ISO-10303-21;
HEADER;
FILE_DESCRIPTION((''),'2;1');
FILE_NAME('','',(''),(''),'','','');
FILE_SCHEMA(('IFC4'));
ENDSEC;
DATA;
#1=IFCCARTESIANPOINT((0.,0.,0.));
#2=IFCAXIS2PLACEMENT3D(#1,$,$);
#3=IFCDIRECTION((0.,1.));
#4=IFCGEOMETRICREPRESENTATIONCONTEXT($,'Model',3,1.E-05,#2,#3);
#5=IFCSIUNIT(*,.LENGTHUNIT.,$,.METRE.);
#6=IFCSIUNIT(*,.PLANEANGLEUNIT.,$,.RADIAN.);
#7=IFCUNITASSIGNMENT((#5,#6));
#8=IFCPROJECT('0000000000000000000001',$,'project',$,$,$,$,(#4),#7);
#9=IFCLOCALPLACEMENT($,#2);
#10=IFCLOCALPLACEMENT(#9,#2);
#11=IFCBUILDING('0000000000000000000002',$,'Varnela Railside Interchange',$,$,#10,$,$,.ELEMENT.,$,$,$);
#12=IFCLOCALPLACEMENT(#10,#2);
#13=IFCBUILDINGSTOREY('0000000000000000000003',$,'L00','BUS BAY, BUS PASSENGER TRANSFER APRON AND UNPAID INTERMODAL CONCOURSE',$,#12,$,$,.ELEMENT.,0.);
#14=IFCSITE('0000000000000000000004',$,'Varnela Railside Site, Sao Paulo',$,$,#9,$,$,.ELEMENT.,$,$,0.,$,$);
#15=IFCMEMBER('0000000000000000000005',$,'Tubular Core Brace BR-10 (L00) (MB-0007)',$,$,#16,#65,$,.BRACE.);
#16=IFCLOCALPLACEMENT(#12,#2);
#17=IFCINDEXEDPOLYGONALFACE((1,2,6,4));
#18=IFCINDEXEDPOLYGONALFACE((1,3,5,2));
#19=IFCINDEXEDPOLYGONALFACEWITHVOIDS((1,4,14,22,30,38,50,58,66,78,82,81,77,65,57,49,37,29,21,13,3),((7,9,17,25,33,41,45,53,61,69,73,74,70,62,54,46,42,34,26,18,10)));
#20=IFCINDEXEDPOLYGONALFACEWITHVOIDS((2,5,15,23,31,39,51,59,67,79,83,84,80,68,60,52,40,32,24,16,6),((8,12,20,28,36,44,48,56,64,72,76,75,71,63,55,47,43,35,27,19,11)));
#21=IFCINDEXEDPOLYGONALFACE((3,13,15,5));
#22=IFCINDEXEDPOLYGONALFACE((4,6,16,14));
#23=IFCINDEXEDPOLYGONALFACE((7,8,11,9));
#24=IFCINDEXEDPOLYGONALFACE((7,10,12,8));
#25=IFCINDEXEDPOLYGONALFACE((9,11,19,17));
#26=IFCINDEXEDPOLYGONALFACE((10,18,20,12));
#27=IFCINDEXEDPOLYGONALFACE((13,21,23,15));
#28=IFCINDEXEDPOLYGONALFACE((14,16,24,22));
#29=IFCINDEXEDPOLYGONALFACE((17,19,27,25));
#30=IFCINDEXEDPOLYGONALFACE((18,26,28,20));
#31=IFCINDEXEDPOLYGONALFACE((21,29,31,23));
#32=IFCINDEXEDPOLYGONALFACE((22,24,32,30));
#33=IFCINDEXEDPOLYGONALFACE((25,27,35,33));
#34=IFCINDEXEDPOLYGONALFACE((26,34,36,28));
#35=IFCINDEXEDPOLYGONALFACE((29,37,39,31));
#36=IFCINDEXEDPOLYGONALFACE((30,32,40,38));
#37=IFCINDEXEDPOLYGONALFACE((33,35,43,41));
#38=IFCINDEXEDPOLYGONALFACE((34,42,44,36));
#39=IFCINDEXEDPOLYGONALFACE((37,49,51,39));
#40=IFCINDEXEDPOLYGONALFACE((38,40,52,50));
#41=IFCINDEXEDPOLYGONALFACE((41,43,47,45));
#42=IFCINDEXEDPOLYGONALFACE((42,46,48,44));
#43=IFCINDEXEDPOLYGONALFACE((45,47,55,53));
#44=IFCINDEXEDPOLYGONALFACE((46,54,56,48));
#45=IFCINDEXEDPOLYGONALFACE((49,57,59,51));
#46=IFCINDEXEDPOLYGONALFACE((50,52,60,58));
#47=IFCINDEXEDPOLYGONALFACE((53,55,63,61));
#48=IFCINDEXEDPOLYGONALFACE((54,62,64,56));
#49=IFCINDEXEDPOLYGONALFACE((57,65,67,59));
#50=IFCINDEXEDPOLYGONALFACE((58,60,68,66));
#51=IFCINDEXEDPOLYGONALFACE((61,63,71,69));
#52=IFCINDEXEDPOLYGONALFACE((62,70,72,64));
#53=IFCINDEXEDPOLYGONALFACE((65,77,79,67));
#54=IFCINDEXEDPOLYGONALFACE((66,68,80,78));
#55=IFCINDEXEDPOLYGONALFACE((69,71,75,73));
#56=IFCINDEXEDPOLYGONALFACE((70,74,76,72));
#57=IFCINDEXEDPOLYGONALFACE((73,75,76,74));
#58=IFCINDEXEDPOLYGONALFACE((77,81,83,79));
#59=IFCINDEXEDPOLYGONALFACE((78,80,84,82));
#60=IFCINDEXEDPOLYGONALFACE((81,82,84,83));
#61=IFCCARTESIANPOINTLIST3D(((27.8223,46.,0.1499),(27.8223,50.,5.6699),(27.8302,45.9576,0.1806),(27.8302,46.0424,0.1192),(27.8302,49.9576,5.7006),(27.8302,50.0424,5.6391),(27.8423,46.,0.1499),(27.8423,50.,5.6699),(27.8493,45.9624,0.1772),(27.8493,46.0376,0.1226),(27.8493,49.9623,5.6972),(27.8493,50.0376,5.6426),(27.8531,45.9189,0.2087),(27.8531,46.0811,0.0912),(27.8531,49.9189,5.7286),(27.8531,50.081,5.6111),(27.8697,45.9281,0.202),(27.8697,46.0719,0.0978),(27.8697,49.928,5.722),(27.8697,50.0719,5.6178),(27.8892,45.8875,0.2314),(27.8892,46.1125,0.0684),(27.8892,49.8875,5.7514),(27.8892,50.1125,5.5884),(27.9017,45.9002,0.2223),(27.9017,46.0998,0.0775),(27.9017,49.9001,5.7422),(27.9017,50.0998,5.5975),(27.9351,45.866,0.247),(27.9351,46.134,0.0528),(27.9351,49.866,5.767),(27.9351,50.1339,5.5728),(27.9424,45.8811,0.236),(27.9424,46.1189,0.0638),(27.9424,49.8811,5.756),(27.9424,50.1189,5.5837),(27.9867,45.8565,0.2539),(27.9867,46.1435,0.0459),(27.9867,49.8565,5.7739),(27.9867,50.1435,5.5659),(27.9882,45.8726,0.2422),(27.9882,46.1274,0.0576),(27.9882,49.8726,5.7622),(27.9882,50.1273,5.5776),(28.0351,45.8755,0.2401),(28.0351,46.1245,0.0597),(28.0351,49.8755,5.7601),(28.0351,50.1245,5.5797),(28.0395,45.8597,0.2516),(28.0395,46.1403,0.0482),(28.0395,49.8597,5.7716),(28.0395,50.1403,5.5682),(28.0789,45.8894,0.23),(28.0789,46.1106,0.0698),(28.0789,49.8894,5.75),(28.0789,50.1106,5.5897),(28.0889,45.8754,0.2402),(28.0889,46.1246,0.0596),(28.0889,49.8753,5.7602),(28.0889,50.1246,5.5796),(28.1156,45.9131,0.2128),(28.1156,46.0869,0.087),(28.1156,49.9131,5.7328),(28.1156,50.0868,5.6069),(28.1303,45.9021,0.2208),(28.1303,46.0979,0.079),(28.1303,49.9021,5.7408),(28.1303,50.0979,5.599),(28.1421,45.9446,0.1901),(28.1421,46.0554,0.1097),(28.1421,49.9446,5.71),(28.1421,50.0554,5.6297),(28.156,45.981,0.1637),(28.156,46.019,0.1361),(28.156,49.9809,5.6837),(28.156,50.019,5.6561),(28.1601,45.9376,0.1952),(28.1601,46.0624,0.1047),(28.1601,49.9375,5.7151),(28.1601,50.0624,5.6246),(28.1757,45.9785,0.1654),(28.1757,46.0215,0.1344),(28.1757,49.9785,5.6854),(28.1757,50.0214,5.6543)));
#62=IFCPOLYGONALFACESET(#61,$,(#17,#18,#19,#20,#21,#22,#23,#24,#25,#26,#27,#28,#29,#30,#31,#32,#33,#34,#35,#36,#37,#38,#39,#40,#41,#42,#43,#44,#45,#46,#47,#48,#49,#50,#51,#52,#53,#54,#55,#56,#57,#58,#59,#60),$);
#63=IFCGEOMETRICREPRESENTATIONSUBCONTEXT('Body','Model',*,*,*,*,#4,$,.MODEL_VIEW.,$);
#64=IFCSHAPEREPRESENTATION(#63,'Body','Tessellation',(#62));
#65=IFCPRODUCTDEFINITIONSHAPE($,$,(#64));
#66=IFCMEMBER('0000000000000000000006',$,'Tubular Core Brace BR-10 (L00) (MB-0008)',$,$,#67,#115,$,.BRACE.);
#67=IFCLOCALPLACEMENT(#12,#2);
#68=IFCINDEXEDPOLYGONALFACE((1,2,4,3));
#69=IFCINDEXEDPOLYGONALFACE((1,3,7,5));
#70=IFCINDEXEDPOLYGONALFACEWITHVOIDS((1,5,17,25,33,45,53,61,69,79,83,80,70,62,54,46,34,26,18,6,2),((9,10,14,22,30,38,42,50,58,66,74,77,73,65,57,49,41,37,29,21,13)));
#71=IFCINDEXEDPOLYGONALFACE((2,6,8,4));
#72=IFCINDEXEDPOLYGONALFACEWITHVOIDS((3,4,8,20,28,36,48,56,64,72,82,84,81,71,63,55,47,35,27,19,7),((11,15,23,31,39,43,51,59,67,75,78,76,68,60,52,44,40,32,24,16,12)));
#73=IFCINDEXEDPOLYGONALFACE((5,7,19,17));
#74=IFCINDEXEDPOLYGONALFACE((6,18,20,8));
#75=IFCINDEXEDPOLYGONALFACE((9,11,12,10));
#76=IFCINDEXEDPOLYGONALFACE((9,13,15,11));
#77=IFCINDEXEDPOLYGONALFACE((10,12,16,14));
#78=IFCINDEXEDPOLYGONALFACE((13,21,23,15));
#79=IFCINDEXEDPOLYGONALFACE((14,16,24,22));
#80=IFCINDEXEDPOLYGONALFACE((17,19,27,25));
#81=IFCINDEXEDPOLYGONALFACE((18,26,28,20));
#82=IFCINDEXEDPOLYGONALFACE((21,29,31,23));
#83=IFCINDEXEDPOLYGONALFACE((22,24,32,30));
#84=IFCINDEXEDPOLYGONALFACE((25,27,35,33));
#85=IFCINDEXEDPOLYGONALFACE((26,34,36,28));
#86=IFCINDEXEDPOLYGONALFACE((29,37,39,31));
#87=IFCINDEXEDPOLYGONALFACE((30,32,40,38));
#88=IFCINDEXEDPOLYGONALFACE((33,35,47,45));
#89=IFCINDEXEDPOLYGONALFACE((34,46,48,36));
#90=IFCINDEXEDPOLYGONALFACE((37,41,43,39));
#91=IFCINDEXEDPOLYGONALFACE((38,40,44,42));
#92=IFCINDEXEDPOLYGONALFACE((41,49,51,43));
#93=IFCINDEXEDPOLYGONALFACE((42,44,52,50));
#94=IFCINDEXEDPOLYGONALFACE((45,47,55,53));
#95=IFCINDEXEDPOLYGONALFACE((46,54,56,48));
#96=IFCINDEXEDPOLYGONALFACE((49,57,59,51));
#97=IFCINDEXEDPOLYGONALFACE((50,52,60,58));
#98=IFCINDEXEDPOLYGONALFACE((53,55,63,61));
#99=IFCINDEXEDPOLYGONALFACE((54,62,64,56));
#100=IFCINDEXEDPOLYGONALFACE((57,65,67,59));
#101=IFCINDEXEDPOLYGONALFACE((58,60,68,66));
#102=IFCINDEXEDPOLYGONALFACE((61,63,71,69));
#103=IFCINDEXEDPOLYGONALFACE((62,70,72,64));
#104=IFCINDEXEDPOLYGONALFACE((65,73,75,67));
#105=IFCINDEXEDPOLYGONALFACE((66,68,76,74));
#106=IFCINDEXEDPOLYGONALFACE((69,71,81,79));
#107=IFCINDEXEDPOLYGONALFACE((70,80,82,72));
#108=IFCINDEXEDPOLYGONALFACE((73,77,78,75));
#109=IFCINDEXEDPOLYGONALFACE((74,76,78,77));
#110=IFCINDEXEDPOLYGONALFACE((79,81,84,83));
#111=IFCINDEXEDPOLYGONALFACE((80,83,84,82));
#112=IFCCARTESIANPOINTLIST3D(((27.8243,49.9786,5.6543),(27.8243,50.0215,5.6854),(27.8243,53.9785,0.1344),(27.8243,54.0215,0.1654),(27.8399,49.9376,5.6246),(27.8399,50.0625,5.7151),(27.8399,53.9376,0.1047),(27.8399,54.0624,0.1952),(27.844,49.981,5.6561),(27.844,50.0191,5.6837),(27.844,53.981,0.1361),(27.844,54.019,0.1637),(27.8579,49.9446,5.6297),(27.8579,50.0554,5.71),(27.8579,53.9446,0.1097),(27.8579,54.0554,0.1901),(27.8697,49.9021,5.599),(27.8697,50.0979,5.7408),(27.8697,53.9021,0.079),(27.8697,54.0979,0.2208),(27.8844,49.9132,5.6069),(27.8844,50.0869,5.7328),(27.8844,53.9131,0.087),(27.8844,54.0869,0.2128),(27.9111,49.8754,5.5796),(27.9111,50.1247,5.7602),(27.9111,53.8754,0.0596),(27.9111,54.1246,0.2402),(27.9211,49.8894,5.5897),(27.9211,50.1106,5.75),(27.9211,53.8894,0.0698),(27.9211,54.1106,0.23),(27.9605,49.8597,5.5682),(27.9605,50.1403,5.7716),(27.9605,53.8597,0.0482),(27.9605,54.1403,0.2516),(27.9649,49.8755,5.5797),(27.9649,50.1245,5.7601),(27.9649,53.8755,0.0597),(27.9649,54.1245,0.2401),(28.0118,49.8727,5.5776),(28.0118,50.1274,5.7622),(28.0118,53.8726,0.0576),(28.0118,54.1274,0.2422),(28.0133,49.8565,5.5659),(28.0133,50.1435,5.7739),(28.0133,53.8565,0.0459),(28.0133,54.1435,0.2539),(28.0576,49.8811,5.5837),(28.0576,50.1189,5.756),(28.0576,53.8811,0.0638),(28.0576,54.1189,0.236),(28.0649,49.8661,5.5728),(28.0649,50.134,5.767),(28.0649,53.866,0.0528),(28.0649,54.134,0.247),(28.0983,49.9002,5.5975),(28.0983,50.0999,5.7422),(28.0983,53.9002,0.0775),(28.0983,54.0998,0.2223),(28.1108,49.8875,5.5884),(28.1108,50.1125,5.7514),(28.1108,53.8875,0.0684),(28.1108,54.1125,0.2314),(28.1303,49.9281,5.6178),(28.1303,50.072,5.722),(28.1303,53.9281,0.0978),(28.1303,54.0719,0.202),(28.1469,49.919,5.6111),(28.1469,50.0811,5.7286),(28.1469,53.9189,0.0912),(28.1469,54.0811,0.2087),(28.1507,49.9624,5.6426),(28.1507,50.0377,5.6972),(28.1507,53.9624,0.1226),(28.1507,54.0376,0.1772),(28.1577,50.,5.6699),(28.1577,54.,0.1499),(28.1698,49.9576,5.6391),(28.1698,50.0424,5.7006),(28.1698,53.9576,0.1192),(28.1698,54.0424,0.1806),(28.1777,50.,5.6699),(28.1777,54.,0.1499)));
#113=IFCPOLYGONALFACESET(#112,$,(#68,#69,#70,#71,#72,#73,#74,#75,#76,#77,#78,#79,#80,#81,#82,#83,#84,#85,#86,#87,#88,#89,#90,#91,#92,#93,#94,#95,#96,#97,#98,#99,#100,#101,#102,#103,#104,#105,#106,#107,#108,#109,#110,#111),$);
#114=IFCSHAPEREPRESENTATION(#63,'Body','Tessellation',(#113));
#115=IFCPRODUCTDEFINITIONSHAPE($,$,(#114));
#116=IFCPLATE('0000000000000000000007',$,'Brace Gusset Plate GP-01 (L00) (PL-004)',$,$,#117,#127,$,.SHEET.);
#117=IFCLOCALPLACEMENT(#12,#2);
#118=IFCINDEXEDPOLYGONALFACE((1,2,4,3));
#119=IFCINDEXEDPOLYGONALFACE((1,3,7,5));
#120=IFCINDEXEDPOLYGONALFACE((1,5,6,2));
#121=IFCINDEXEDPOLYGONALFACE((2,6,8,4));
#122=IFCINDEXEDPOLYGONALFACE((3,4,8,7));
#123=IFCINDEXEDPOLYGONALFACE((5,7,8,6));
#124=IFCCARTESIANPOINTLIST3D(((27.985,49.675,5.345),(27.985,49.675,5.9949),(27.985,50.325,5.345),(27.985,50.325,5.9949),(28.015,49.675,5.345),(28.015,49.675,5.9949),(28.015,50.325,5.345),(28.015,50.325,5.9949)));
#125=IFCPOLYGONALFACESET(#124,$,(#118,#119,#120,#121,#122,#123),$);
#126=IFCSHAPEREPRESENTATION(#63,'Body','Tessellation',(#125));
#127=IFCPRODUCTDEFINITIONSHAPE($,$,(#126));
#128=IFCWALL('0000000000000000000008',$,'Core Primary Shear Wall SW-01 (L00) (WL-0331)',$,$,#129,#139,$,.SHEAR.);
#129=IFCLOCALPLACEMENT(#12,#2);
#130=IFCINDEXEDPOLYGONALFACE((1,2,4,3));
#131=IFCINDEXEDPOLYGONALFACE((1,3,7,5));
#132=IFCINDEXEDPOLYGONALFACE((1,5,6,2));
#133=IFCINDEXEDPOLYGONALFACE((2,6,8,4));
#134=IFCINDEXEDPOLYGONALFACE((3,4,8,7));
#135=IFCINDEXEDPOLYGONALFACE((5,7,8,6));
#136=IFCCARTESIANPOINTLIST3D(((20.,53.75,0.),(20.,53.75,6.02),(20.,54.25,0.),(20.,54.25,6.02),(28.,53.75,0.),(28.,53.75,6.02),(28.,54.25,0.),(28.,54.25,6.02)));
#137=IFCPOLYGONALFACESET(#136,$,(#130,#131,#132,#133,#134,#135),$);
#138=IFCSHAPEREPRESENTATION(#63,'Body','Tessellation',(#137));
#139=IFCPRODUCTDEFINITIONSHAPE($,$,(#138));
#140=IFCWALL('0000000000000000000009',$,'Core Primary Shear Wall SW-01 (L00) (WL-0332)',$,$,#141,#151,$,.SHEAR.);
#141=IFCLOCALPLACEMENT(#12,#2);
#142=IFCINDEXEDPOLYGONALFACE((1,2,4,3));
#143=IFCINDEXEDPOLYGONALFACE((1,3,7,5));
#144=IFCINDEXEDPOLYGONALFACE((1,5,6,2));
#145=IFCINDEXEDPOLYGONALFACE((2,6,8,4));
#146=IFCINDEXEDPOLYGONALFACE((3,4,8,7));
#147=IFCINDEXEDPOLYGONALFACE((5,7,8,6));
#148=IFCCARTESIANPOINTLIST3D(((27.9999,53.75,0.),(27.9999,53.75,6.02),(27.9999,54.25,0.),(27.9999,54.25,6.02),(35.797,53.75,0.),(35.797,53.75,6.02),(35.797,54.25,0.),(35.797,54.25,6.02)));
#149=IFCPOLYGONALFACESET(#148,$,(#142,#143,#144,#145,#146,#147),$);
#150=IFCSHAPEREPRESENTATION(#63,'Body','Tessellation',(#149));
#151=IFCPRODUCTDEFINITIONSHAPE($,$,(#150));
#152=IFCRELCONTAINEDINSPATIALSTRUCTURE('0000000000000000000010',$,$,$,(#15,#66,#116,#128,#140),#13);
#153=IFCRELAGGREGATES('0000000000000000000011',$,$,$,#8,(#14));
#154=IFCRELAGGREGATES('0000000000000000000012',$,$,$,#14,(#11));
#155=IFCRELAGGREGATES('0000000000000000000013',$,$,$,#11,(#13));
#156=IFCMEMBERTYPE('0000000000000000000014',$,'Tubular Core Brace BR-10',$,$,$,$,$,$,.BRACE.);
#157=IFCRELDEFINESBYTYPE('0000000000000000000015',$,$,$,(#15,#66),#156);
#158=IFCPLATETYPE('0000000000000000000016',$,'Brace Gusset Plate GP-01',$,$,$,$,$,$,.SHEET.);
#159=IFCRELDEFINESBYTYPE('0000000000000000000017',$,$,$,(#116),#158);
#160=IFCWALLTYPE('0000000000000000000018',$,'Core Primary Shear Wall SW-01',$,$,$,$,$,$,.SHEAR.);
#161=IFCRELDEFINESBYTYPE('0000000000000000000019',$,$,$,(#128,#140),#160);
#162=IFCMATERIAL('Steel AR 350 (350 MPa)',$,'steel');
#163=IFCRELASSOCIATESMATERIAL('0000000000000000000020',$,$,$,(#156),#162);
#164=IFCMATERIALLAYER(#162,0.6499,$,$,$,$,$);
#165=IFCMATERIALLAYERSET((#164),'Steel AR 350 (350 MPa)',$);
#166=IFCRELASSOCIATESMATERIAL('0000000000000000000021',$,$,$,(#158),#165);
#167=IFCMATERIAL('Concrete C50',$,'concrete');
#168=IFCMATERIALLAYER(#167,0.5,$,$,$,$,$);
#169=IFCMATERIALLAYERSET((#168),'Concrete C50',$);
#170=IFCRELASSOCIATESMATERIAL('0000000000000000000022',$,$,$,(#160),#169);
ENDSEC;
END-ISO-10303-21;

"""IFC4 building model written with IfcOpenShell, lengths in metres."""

from ifc_helpers import new_model, si_unit, direction, frame, frame_2d, origin, origin_2d, place, context, subcontext, project, spatial, rectangle, hollow_circle, extrude, material, layer, layer_set, material_profile, profile_set, type_object, element, save


model = new_model("IFC4")

# Units and contexts
model_context = context("Model", 3, precision=1e-05, world=origin(), true_north=direction((0.0, 1.0)))
body_context = subcontext(model_context, "Body", "Model", "MODEL_VIEW")
ifc_project = project(units=[si_unit("LENGTHUNIT", "METRE"), si_unit("PLANEANGLEUNIT", "RADIAN")], contexts=[model_context])

# Site, building, storey
site_placement = place(None, origin())
site = spatial("IfcSite", under=ifc_project, at=site_placement, Name="Varnela Railside Site, Sao Paulo", CompositionType="ELEMENT", RefElevation=0.0)
building_placement = place(site_placement, origin())
building = spatial("IfcBuilding", under=site, at=building_placement, Name="Varnela Railside Interchange", CompositionType="ELEMENT")
storey_placement = place(building_placement, origin())
storey = spatial("IfcBuildingStorey", under=building, at=storey_placement, Name="L00", Description="BUS BAY, BUS PASSENGER TRANSFER APRON AND UNPAID INTERMODAL CONCOURSE", CompositionType="ELEMENT", Elevation=0.0)

# Shared definitions
ifc_material_1 = material(Name="Steel AR 350 (350 MPa)", Category="steel")

# Shared definitions
ifc_material_2 = material(Name="Concrete C50", Category="concrete")

# Members
ifc_material_profile_1 = material_profile(ifc_material_1, hollow_circle(Radius=0.1777, WallThickness=0.02, at=origin_2d()), Name="CHS 355.6x20")
ifc_profile_set_1 = profile_set([ifc_material_profile_1], Name="Steel AR 350 (350 MPa)")
member_type = type_object("IfcMemberType", Name="Tubular Core Brace BR-10", PredefinedType="BRACE", material=ifc_profile_set_1)
for number, where, z_axis, x_axis, name in (
    (1, (28.0, 46.0, 0.1499), (0.0, 0.586774, 0.809751), (-1.0, 0.0, 0.0), "Tubular Core Brace BR-10 (L00) (MB-0007)"),
    (2, (28.0, 54.0, 0.1499), (0.0, -0.586774, 0.809751), (1.0, 0.0, 0.0), "Tubular Core Brace BR-10 (L00) (MB-0008)"),
):
    element("IfcMember", number, at=place(storey_placement, frame(where, z_axis=z_axis, x_axis=x_axis)), inside=storey, type_object=member_type, Name=name, PredefinedType="BRACE", context=body_context, shape_type="SweptSolid", body=[
        extrude(hollow_circle(Radius=0.1777, WallThickness=0.02, at=origin_2d()), origin(), (0.0, 0.0, 1.0), 6.8169),
    ])

# Plate
ifc_layer_1 = layer(ifc_material_1, 0.6499)
ifc_layer_set_1 = layer_set([ifc_layer_1], Name="Steel AR 350 (350 MPa)")
plate_type = type_object("IfcPlateType", Name="Brace Gusset Plate GP-01", PredefinedType="SHEET", material=ifc_layer_set_1)
plate_placement = place(storey_placement, frame((28.0, 50.0, 5.345), z_axis=(0.0, 0.0, 1.0), x_axis=(0.0, 1.0, 0.0)))
element("IfcPlate", 3, at=plate_placement, inside=storey, type_object=plate_type, Name="Brace Gusset Plate GP-01 (L00) (PL-004)", PredefinedType="SHEET", context=body_context, shape_type="SweptSolid", body=[
    extrude(rectangle(XDim=0.6499, YDim=0.03, at=origin_2d()), origin(), (0.0, 0.0, 1.0), 0.6499),
])

# Walls
ifc_layer_2 = layer(ifc_material_2, 0.5)
ifc_layer_set_2 = layer_set([ifc_layer_2], Name="Concrete C50")
wall_type_1 = type_object("IfcWallType", Name="Core Primary Shear Wall SW-01", PredefinedType="SHEAR", material=ifc_layer_set_2)
wall_1_placement = place(storey_placement, frame((20.0, 54.0, 0.0), z_axis=(0.0, 0.0, 1.0), x_axis=(1.0, 0.0, 0.0)))
element("IfcWall", 4, at=wall_1_placement, inside=storey, type_object=wall_type_1, Name="Core Primary Shear Wall SW-01 (L00) (WL-0331)", PredefinedType="SHEAR", context=body_context, shape_type="SweptSolid", body=[
    extrude(rectangle(XDim=8.0, YDim=0.5, at=frame_2d((4.0, 0.0))), origin(), (0.0, 0.0, 1.0), 6.02),
])
wall_2_placement = place(storey_placement, frame((28.0, 54.0, 0.0), z_axis=(0.0, 0.0, 1.0), x_axis=(1.0, 0.0, 0.0)))
element("IfcWall", 5, at=wall_2_placement, inside=storey, type_object=wall_type_1, Name="Core Primary Shear Wall SW-01 (L00) (WL-0332)", PredefinedType="SHEAR", context=body_context, shape_type="SweptSolid", body=[
    extrude(rectangle(XDim=7.7971, YDim=0.5, at=frame_2d((3.8984, 0.0))), origin(), (0.0, 0.0, 1.0), 6.02),
])

save(model, "model.ifc")
